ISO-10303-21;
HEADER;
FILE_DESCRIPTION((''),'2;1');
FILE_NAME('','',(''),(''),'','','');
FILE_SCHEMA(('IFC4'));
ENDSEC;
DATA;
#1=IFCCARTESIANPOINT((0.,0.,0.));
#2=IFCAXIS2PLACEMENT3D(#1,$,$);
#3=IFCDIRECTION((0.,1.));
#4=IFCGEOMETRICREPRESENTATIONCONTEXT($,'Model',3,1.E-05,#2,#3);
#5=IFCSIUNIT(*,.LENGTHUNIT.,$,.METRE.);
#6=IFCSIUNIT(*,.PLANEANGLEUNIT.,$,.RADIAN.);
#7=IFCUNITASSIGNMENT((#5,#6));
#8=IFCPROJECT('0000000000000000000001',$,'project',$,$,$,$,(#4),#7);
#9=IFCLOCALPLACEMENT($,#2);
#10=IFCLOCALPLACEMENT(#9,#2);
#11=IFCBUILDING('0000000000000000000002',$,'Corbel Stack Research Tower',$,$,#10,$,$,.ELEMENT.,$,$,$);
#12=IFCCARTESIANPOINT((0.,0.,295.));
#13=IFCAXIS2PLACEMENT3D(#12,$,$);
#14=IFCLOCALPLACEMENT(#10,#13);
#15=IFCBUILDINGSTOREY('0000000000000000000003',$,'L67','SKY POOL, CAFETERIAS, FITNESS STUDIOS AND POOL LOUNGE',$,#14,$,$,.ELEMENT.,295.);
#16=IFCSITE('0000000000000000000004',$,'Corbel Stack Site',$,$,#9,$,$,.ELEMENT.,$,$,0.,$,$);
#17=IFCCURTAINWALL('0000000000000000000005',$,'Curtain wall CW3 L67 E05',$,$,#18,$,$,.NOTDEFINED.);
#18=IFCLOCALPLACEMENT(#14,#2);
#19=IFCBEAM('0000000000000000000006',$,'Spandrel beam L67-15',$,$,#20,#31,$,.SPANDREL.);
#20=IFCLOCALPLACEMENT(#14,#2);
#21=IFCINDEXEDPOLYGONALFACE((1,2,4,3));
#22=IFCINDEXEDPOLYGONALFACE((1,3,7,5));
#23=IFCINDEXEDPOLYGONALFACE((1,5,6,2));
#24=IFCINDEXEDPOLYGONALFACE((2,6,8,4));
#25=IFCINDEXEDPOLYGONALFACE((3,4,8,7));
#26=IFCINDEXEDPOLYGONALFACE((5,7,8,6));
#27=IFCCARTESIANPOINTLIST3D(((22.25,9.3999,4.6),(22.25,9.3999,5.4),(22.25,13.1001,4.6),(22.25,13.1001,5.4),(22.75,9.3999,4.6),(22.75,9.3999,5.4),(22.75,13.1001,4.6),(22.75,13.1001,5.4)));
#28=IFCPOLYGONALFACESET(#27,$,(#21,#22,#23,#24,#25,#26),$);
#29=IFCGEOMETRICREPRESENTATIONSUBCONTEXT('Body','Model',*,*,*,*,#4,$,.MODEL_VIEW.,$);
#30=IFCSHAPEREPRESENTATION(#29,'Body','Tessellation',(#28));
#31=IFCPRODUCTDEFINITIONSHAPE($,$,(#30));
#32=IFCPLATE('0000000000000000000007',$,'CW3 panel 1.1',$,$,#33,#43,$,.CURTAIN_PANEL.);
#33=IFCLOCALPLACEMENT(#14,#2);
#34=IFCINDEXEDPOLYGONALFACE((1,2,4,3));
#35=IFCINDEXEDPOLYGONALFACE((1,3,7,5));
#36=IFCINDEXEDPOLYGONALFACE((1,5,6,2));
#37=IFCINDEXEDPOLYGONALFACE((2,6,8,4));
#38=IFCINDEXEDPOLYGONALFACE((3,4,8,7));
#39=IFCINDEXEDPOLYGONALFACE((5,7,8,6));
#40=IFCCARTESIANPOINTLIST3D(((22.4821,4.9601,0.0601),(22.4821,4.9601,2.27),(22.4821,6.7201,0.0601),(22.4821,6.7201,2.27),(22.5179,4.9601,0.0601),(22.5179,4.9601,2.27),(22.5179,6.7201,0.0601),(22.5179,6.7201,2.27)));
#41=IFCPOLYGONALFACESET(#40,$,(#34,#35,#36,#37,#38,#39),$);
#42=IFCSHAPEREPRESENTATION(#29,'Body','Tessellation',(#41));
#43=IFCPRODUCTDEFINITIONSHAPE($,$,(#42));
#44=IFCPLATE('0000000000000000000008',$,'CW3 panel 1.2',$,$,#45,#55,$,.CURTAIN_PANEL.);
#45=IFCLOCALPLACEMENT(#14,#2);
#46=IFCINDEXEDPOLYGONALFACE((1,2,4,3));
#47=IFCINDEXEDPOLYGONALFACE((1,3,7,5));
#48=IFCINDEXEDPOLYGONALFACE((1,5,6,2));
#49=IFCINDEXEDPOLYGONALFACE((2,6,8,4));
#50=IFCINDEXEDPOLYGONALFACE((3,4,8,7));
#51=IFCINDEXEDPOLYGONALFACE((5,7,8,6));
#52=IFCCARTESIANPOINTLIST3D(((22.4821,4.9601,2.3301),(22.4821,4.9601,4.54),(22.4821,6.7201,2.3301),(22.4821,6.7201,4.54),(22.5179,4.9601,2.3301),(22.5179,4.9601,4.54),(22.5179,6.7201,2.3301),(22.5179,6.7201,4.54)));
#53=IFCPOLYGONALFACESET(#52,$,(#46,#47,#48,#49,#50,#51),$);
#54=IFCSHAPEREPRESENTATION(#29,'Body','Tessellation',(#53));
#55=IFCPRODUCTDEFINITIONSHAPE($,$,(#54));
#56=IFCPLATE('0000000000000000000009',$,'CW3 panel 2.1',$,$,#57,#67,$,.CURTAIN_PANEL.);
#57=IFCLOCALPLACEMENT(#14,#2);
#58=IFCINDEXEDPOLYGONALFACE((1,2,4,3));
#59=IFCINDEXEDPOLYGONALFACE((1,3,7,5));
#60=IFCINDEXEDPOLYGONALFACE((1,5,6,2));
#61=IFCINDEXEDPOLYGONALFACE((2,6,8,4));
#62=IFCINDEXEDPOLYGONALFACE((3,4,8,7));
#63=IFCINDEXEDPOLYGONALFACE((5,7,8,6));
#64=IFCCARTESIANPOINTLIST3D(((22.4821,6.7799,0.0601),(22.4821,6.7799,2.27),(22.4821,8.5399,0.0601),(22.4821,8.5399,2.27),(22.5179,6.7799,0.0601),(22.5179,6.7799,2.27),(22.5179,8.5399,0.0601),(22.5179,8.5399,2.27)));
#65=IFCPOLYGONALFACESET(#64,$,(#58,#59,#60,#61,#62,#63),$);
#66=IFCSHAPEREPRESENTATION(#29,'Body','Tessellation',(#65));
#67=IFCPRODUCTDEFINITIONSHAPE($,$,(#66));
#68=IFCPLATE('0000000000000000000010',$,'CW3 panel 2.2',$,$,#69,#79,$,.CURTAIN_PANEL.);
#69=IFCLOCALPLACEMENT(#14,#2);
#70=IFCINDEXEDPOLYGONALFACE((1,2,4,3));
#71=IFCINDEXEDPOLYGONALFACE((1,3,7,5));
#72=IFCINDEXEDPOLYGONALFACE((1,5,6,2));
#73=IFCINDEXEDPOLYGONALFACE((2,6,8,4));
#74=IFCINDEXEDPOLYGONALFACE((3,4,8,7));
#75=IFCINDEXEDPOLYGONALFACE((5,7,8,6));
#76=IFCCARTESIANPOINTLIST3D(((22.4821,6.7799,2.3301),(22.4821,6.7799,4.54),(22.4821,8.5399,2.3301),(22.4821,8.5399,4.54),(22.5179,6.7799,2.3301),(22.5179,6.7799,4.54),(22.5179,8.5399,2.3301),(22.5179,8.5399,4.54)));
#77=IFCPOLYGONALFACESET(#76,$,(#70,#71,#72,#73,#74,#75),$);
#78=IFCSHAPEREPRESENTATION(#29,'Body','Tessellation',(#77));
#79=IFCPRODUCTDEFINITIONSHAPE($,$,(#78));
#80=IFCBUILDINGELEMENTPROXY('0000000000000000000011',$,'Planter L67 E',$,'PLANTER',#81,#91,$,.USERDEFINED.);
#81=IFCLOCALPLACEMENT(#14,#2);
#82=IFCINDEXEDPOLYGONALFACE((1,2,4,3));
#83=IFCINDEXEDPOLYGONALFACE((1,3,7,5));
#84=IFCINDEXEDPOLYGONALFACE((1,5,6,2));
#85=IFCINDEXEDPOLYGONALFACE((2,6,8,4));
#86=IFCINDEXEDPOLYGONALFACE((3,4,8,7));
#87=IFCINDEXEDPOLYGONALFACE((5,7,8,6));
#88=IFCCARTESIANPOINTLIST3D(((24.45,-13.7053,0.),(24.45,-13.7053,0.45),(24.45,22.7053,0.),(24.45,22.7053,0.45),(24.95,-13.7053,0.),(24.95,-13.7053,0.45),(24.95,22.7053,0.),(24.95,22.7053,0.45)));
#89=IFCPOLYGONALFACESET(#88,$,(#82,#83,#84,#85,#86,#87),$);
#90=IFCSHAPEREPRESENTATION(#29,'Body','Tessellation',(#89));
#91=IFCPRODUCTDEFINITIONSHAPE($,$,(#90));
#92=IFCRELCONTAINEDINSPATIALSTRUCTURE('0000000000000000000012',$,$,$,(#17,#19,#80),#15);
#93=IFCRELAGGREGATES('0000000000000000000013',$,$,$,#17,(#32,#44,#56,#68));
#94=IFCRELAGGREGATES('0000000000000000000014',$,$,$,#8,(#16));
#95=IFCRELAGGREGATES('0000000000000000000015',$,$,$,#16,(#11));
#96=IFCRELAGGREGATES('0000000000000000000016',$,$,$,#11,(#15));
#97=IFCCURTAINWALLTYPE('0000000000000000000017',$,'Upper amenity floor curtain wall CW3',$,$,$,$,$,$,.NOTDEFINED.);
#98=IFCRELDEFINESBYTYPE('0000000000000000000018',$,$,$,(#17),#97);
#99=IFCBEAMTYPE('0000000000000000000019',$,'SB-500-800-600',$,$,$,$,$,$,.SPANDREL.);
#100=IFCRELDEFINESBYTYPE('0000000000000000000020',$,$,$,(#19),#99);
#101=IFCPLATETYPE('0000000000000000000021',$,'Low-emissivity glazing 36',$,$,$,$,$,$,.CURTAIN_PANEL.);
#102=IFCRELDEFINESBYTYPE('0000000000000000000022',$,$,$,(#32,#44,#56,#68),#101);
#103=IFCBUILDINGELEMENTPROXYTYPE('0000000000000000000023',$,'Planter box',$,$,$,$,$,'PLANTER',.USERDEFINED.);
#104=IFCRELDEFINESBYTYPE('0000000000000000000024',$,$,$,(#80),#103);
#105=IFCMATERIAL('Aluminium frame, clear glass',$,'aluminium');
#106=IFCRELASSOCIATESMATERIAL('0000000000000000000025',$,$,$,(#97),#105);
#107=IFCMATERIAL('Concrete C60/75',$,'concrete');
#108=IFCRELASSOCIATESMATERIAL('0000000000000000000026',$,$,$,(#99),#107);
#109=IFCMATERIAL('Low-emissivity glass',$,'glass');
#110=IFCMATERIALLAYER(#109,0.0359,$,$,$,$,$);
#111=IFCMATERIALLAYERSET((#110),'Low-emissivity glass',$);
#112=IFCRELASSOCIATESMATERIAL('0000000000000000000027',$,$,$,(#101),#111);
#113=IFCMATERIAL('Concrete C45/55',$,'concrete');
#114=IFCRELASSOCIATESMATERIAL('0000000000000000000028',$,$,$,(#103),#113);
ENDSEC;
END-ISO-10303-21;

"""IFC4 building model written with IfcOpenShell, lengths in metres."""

from ifc_helpers import new_model, si_unit, direction, frame, origin, origin_2d, place, context, subcontext, project, spatial, rectangle, extrude, material, layer, layer_set, material_profile, profile_set, type_object, element, aggregate, save


model = new_model("IFC4")

# Units and contexts
model_context = context("Model", 3, precision=1e-05, world=origin(), true_north=direction((0.0, 1.0)))
body_context = subcontext(model_context, "Body", "Model", "MODEL_VIEW")
ifc_project = project(units=[si_unit("LENGTHUNIT", "METRE"), si_unit("PLANEANGLEUNIT", "RADIAN")], contexts=[model_context])

# Site, building, storey
site_placement = place(None, origin())
site = spatial("IfcSite", under=ifc_project, at=site_placement, Name="Corbel Stack Site", CompositionType="ELEMENT", RefElevation=0.0)
building_placement = place(site_placement, origin())
building = spatial("IfcBuilding", under=site, at=building_placement, Name="Corbel Stack Research Tower", CompositionType="ELEMENT")
storey_placement = place(building_placement, frame((0.0, 0.0, 295.0)))
storey = spatial("IfcBuildingStorey", under=building, at=storey_placement, Name="L67", Description="SKY POOL, CAFETERIAS, FITNESS STUDIOS AND POOL LOUNGE", CompositionType="ELEMENT", Elevation=295.0)

# Curtain wall
ifc_material_1 = material(Name="Aluminium frame, clear glass", Category="aluminium")
curtain_wall_type = type_object("IfcCurtainWallType", Name="Upper amenity floor curtain wall CW3", PredefinedType="NOTDEFINED", material=ifc_material_1)
curtain_wall_1_placement = place(storey_placement, origin())
curtain_wall_1 = element("IfcCurtainWall", 1, at=curtain_wall_1_placement, inside=storey, type_object=curtain_wall_type, Name="Curtain wall CW3 L67 E05", PredefinedType="NOTDEFINED")

# Beam
ifc_material_2 = material(Name="Concrete C60/75", Category="concrete")
ifc_material_profile_1 = material_profile(ifc_material_2, rectangle(XDim=0.5, YDim=0.8, at=origin_2d()), Name="RC 500 x 800")
ifc_profile_set_1 = profile_set([ifc_material_profile_1], Name="Concrete C60/75")
beam_type = type_object("IfcBeamType", Name="SB-500-800-600", PredefinedType="SPANDREL", material=ifc_profile_set_1)
for number, where, z_axis, x_axis, name in (
    (2, (22.5, 9.3999, 5.0), (0.0, 1.0, 0.0), (-1.0, 0.0, 0.0), "Spandrel beam L67-15"),
):
    element("IfcBeam", number, at=place(storey_placement, frame(where, z_axis=z_axis, x_axis=x_axis)), inside=storey, type_object=beam_type, Name=name, PredefinedType="SPANDREL", context=body_context, shape_type="SweptSolid", body=[
        extrude(rectangle(XDim=0.5, YDim=0.8, at=origin_2d()), origin(), (0.0, 0.0, 1.0), 3.7002),
    ])

# Plates
ifc_material_3 = material(Name="Low-emissivity glass", Category="glass")
ifc_layer = layer(ifc_material_3, 0.0359)
ifc_layer_set = layer_set([ifc_layer], Name="Low-emissivity glass")
plate_type = type_object("IfcPlateType", Name="Low-emissivity glazing 36", PredefinedType="CURTAIN_PANEL", material=ifc_layer_set)
plate_1_placement = place(storey_placement, frame((22.5, 5.8401, 0.0601), z_axis=(0.0, 0.0, 1.0), x_axis=(0.0, 1.0, 0.0)))
plate_1 = element("IfcPlate", 3, at=plate_1_placement, type_object=plate_type, Name="CW3 panel 1.1", PredefinedType="CURTAIN_PANEL", context=body_context, shape_type="SweptSolid", body=[
    extrude(rectangle(XDim=1.76, YDim=0.0359, at=origin_2d()), origin(), (0.0, 0.0, 1.0), 2.21),
])
plate_2_placement = place(storey_placement, frame((22.5, 5.8401, 2.3301), z_axis=(0.0, 0.0, 1.0), x_axis=(0.0, 1.0, 0.0)))
plate_2 = element("IfcPlate", 4, at=plate_2_placement, type_object=plate_type, Name="CW3 panel 1.2", PredefinedType="CURTAIN_PANEL", context=body_context, shape_type="SweptSolid", body=[
    extrude(rectangle(XDim=1.76, YDim=0.0359, at=origin_2d()), origin(), (0.0, 0.0, 1.0), 2.21),
])
plate_3_placement = place(storey_placement, frame((22.5, 7.6599, 0.0601), z_axis=(0.0, 0.0, 1.0), x_axis=(0.0, 1.0, 0.0)))
plate_3 = element("IfcPlate", 5, at=plate_3_placement, type_object=plate_type, Name="CW3 panel 2.1", PredefinedType="CURTAIN_PANEL", context=body_context, shape_type="SweptSolid", body=[
    extrude(rectangle(XDim=1.76, YDim=0.0359, at=origin_2d()), origin(), (0.0, 0.0, 1.0), 2.21),
])
plate_4_placement = place(storey_placement, frame((22.5, 7.6599, 2.3301), z_axis=(0.0, 0.0, 1.0), x_axis=(0.0, 1.0, 0.0)))
plate_4 = element("IfcPlate", 6, at=plate_4_placement, type_object=plate_type, Name="CW3 panel 2.2", PredefinedType="CURTAIN_PANEL", context=body_context, shape_type="SweptSolid", body=[
    extrude(rectangle(XDim=1.76, YDim=0.0359, at=origin_2d()), origin(), (0.0, 0.0, 1.0), 2.21),
])
aggregate(curtain_wall_1, [plate_1, plate_2, plate_3, plate_4])

# Building element proxy
ifc_material_4 = material(Name="Concrete C45/55", Category="concrete")
building_element_proxy_type = type_object("IfcBuildingElementProxyType", Name="Planter box", ElementType="PLANTER", PredefinedType="USERDEFINED", material=ifc_material_4)
proxy_placement = place(storey_placement, frame((24.7, 4.5, 0.0), z_axis=(0.0, 0.0, 1.0), x_axis=(0.0, 1.0, 0.0)))
element("IfcBuildingElementProxy", 7, at=proxy_placement, inside=storey, type_object=building_element_proxy_type, Name="Planter L67 E", ObjectType="PLANTER", PredefinedType="USERDEFINED", context=body_context, shape_type="SweptSolid", body=[
    extrude(rectangle(XDim=36.4106, YDim=0.5, at=origin_2d()), origin(), (0.0, 0.0, 1.0), 0.45),
])

save(model, "model.ifc")
